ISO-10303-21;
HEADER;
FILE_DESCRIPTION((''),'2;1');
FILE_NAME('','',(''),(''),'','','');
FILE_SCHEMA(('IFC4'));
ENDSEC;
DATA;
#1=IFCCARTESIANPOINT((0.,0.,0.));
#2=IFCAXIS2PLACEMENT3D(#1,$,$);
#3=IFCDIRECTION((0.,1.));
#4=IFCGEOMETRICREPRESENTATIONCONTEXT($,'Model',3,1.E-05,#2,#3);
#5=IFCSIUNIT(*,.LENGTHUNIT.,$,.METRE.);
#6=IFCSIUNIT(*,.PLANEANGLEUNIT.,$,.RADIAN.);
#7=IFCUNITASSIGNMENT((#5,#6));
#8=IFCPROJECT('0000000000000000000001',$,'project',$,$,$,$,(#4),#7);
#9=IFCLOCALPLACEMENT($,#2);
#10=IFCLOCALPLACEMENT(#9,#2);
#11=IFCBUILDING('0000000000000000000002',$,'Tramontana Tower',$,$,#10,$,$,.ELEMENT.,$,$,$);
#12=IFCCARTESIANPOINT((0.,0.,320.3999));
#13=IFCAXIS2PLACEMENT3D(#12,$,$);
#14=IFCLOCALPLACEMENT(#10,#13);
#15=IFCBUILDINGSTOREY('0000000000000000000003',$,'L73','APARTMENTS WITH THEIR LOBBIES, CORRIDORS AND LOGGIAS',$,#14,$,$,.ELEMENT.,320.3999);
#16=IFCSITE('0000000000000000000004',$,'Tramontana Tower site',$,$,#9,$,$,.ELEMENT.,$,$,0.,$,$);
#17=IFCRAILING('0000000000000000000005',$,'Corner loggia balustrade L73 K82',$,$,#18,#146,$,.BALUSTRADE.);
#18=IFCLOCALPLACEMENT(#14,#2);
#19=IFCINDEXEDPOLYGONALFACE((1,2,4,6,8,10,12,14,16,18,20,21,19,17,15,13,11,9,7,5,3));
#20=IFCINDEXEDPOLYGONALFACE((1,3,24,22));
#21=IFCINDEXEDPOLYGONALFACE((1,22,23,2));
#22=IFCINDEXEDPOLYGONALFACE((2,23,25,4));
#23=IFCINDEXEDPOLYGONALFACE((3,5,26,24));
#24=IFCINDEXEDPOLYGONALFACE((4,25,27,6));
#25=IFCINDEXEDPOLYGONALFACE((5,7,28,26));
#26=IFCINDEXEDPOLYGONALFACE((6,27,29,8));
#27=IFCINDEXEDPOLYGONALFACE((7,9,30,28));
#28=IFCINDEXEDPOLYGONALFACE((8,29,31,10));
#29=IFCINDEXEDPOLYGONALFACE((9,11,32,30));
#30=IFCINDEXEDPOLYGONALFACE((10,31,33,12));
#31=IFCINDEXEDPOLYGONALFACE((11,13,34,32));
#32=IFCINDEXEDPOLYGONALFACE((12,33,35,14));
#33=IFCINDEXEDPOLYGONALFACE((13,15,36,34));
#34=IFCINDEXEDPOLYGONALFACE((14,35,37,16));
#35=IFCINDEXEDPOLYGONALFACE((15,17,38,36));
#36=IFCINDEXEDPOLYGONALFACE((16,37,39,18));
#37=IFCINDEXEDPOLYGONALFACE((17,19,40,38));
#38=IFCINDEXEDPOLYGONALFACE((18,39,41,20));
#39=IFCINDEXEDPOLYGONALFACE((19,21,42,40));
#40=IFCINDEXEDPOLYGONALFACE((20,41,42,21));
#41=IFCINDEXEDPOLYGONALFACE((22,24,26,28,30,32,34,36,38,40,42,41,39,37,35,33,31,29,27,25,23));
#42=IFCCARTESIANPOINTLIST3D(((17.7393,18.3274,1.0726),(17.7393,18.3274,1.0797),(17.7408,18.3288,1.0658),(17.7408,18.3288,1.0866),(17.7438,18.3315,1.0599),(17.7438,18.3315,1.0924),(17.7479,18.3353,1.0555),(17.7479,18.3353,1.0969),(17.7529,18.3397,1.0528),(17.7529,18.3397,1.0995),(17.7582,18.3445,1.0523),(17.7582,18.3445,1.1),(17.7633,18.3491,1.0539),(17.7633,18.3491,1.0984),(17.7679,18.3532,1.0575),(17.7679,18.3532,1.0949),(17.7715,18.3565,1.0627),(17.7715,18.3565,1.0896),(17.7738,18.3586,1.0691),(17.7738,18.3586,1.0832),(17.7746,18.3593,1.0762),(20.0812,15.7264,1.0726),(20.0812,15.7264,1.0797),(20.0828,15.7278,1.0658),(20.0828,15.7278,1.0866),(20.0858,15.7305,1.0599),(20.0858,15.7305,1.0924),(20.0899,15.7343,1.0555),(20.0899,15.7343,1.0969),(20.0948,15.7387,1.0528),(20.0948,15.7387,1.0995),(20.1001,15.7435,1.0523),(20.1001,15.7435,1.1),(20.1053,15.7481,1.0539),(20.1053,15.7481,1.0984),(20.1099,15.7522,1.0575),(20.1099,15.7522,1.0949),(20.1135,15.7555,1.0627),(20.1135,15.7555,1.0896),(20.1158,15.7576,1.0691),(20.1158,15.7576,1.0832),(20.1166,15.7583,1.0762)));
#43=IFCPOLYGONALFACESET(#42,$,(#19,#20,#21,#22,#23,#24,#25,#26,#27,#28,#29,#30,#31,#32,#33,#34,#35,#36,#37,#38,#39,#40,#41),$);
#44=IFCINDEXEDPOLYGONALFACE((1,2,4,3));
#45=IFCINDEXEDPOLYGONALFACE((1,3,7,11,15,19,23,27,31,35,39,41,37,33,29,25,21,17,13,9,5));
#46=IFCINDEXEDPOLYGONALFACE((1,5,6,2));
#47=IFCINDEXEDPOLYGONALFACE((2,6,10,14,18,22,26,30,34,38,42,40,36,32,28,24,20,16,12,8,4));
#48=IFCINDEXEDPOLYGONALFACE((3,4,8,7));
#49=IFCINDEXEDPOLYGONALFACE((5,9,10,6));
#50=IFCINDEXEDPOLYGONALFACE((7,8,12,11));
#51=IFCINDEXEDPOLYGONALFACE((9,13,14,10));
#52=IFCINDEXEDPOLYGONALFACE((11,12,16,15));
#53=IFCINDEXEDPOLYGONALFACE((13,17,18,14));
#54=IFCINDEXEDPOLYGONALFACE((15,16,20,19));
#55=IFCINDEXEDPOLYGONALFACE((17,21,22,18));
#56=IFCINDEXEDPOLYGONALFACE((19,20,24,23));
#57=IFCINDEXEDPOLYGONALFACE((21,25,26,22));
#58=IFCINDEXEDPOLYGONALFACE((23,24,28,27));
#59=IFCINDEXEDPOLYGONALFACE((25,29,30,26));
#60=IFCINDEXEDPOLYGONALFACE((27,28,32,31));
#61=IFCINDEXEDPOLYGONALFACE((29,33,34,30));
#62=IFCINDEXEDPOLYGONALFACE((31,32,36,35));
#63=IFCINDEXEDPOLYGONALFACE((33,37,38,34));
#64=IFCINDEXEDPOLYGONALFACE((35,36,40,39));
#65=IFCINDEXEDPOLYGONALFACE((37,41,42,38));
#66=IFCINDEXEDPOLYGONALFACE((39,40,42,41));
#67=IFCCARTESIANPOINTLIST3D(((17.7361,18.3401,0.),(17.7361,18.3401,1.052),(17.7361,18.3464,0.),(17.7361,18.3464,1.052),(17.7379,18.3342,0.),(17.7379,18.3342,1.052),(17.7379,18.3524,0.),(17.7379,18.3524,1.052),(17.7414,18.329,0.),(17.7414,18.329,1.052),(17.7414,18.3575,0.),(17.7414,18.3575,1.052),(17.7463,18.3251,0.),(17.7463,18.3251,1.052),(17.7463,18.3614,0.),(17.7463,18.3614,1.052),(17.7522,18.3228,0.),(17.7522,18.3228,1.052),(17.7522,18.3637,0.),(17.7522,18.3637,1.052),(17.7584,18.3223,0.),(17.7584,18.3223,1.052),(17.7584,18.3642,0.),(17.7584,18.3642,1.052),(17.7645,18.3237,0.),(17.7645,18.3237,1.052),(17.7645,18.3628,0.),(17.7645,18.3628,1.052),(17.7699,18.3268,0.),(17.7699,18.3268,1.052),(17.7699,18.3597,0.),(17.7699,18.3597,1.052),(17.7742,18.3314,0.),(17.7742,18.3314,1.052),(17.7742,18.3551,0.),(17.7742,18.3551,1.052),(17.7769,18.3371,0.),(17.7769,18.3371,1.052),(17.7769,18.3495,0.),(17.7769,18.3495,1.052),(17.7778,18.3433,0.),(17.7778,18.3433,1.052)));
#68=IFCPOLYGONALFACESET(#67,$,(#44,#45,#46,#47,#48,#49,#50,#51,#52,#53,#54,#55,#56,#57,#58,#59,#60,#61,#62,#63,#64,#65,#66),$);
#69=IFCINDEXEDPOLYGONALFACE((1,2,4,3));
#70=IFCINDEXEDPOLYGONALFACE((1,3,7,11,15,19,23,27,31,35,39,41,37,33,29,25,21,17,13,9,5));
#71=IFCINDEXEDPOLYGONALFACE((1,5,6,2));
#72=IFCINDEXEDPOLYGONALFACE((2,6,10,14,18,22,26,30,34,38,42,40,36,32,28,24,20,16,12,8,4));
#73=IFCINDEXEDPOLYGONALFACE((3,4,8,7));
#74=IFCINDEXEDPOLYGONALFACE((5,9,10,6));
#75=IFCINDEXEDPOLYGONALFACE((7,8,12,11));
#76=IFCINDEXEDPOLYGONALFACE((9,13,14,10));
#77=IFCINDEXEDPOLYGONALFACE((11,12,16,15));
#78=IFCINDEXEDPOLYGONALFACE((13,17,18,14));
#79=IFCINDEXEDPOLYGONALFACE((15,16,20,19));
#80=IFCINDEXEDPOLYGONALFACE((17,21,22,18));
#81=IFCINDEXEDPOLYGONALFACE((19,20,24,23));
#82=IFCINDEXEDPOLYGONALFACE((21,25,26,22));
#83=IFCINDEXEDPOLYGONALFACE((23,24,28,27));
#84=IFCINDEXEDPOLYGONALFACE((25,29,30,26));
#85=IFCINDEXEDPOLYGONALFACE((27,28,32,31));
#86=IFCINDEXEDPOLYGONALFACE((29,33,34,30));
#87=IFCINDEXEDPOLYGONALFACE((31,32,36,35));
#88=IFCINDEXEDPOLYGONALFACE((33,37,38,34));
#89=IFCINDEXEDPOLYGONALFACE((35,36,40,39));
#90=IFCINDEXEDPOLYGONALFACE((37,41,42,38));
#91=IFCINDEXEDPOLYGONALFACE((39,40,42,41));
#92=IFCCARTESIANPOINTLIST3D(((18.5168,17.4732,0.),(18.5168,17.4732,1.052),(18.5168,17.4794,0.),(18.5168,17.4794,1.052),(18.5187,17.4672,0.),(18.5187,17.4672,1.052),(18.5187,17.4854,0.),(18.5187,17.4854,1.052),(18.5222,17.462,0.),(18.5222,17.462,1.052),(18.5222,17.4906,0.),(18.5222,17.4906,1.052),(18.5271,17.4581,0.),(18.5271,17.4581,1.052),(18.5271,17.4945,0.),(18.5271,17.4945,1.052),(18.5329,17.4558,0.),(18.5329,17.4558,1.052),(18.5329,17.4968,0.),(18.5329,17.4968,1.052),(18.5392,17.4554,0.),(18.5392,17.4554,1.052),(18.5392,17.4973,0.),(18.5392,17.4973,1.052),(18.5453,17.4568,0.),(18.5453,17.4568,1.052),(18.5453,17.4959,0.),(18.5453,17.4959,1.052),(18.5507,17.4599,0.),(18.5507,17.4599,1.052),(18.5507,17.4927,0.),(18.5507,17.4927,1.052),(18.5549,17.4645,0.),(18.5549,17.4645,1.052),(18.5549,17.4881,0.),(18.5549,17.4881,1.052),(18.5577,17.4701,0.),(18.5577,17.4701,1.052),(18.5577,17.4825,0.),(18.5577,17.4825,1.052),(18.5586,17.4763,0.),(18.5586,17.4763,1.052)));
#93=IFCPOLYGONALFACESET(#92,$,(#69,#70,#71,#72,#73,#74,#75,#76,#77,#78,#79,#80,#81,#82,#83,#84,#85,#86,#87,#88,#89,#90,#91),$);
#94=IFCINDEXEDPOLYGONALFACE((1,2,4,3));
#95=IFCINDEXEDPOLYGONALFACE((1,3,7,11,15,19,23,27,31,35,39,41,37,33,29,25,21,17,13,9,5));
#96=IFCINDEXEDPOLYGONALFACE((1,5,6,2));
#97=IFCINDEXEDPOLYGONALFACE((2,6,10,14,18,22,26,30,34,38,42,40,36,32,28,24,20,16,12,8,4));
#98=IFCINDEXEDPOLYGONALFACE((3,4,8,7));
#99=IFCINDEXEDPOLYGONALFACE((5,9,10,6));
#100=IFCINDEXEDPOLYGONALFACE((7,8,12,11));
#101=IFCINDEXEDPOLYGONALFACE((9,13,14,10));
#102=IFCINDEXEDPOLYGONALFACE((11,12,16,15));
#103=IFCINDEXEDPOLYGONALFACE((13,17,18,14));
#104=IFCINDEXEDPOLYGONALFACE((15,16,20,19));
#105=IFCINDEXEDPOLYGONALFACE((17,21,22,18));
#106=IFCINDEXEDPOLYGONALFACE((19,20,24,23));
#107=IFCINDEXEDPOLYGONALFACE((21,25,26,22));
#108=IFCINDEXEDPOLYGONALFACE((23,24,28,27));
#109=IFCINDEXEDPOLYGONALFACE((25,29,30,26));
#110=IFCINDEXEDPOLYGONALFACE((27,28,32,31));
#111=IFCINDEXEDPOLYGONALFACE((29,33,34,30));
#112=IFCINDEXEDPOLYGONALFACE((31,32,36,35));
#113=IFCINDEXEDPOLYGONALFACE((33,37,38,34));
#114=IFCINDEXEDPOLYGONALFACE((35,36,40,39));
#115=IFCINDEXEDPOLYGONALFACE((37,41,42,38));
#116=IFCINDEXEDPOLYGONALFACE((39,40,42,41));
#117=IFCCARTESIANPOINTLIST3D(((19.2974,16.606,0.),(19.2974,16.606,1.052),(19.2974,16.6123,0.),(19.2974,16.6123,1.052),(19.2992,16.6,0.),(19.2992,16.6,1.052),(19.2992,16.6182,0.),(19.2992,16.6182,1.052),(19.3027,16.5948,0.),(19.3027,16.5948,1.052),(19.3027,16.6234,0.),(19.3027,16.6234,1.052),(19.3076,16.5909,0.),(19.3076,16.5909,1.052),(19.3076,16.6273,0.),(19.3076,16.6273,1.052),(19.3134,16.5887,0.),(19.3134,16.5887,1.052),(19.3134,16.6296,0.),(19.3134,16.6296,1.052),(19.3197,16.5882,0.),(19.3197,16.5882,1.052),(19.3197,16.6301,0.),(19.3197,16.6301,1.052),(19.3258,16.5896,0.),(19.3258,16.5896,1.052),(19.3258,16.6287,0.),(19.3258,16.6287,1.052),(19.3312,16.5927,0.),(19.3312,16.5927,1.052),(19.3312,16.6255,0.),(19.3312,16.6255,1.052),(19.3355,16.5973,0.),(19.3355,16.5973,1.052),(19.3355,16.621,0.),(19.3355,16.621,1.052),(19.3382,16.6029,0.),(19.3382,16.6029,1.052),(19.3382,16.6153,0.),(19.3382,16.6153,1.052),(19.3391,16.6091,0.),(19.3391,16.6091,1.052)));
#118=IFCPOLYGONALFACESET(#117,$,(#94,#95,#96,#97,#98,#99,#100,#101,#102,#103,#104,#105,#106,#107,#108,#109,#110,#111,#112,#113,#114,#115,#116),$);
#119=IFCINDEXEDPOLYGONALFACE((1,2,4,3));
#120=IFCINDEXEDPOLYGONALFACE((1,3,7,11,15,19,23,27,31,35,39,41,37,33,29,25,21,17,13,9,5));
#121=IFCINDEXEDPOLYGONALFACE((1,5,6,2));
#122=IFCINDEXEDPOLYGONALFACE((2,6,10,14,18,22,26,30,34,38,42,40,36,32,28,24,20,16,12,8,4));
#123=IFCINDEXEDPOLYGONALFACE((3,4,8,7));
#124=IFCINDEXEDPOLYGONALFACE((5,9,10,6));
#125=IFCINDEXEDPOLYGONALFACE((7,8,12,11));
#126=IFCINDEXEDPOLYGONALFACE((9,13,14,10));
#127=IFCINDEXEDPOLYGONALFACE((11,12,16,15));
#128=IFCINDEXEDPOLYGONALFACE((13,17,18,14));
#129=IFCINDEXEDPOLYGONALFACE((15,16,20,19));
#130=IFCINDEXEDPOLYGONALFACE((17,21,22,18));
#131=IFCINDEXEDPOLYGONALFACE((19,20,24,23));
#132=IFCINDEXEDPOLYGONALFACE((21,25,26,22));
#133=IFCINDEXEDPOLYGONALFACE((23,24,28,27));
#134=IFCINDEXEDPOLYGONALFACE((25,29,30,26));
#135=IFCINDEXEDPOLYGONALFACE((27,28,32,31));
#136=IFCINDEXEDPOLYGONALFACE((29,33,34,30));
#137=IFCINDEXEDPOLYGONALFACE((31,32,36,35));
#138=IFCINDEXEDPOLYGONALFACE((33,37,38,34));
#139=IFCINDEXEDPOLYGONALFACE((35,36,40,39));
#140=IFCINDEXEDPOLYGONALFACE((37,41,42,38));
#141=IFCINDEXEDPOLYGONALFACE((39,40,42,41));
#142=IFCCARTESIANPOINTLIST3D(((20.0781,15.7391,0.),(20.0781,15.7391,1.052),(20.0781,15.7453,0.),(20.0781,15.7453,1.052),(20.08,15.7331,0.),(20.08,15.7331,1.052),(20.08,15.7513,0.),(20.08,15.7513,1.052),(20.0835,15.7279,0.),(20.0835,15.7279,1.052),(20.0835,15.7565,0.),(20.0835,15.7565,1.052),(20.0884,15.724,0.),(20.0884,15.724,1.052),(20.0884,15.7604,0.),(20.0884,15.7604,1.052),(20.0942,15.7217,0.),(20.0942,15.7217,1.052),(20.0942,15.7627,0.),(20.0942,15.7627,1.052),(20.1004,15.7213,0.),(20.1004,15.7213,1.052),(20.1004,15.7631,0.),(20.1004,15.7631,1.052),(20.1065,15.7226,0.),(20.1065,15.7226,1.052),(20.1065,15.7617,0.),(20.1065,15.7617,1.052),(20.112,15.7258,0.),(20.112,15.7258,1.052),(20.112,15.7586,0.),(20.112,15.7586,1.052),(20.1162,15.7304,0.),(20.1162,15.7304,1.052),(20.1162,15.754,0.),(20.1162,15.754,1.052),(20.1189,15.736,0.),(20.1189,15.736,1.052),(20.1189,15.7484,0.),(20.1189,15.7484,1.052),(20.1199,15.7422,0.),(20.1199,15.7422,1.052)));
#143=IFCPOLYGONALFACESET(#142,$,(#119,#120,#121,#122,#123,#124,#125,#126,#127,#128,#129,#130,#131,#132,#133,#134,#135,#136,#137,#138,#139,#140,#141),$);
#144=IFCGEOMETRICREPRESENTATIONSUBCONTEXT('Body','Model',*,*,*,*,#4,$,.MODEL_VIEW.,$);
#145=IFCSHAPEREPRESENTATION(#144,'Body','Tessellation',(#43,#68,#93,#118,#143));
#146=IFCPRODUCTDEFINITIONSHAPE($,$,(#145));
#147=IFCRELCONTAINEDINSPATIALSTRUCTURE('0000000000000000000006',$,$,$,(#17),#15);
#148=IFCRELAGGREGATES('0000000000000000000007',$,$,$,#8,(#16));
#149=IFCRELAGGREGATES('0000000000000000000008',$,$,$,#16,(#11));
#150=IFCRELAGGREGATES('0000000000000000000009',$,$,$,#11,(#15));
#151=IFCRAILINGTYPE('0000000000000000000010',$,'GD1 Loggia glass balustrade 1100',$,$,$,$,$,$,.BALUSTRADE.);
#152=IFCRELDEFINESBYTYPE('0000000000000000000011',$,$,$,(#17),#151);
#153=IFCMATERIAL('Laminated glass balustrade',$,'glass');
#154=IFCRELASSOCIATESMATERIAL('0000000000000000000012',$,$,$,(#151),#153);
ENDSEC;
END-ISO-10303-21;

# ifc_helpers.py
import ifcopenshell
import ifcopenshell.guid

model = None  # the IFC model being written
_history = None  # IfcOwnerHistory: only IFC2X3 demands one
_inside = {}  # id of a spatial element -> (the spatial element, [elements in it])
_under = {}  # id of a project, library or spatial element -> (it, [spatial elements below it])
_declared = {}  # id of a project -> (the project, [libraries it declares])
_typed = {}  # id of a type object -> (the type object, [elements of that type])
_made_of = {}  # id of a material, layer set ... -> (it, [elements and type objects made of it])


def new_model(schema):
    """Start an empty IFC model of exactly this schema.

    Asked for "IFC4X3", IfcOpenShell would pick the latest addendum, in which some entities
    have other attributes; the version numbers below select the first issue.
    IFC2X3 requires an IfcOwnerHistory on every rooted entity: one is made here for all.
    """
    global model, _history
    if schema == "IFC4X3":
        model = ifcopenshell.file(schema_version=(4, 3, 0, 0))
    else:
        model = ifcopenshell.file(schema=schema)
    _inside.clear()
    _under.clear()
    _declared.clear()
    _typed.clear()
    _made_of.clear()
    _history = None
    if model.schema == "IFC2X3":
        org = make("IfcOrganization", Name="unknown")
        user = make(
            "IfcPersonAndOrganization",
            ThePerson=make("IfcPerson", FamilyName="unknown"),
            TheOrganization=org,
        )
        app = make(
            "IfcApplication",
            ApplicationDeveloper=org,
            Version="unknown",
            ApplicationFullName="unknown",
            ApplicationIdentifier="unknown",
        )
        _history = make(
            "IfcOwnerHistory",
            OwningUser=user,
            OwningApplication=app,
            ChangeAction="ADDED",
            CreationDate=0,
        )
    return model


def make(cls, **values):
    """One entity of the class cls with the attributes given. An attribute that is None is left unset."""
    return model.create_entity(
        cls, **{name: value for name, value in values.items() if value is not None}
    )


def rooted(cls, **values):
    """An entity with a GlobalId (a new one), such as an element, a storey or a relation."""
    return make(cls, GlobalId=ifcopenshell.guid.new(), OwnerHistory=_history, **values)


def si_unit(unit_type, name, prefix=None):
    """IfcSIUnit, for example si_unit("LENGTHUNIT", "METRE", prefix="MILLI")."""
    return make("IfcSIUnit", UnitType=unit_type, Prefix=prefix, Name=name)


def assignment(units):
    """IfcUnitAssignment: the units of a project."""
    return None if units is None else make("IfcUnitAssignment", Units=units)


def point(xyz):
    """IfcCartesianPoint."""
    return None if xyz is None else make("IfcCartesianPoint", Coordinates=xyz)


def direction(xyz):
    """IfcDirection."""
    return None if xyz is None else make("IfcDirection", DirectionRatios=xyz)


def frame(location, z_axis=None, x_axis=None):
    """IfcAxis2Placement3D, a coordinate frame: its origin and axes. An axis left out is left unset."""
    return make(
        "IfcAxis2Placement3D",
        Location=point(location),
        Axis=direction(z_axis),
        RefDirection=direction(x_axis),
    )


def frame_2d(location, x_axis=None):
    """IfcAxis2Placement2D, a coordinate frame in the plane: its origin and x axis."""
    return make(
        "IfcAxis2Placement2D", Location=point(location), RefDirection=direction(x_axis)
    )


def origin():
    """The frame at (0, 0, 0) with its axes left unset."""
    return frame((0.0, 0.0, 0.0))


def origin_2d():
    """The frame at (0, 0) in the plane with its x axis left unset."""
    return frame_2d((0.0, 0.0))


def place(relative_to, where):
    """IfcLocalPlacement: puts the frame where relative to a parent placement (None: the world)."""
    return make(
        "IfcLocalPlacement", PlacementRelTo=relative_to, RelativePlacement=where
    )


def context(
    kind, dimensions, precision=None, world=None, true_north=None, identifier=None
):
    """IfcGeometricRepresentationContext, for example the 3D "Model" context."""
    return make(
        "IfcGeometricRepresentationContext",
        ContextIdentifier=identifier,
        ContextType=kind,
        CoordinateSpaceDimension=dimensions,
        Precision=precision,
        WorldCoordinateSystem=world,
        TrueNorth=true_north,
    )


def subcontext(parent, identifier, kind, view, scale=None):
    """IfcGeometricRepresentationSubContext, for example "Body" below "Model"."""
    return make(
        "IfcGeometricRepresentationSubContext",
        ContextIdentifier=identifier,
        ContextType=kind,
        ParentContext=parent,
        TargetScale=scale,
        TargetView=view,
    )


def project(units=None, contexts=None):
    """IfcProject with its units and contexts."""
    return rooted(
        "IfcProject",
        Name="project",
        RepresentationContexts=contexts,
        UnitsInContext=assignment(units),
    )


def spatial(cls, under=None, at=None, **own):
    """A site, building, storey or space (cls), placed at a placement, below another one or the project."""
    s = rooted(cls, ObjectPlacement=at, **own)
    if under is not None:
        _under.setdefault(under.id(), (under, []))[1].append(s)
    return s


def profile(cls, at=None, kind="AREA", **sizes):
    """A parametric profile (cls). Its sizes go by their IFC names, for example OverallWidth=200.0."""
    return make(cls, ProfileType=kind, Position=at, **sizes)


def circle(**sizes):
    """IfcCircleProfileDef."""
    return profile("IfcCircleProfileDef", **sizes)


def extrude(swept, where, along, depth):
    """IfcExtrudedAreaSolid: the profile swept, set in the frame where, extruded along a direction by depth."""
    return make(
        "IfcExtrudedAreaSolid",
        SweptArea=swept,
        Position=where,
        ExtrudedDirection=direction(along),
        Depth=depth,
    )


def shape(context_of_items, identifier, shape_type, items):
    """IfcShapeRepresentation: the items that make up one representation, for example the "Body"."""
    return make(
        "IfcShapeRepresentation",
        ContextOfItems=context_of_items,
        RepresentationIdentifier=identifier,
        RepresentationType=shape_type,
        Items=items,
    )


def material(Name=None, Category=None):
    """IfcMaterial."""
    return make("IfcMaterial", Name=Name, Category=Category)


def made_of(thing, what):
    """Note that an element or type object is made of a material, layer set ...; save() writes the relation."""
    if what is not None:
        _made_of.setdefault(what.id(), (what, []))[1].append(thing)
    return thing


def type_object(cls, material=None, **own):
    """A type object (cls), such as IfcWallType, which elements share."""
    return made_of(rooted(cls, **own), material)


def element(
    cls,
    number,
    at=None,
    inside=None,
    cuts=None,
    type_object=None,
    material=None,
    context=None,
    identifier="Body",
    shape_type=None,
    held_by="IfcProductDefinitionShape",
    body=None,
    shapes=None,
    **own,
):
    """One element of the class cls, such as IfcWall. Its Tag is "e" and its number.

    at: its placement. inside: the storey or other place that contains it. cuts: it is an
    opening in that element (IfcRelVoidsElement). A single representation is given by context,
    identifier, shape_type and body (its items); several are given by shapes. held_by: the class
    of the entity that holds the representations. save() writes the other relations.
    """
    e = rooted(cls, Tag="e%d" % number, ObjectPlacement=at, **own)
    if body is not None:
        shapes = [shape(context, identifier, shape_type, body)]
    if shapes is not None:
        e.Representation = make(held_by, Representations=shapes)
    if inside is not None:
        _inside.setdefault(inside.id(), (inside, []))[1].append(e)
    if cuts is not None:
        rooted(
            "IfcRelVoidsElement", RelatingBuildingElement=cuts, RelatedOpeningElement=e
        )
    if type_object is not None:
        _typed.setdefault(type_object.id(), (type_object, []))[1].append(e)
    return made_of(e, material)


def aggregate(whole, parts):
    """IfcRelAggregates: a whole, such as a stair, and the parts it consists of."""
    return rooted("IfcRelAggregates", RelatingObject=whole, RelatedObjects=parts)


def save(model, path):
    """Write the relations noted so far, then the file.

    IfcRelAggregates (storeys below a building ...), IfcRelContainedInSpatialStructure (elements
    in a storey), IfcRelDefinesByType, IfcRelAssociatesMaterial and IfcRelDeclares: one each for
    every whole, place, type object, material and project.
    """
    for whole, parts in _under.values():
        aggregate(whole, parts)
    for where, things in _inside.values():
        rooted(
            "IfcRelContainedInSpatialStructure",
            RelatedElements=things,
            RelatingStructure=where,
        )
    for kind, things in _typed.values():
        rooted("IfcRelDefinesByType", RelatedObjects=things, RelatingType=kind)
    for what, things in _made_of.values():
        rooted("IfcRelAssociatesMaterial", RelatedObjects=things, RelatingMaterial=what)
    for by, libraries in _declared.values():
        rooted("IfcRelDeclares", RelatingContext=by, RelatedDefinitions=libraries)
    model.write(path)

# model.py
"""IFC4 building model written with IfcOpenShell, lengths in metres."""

from ifc_helpers import new_model, si_unit, direction, frame, origin, origin_2d, place, context, subcontext, project, spatial, circle, extrude, material, type_object, element, save


model = new_model("IFC4")

# Units and contexts
model_context = context("Model", 3, precision=1e-05, world=origin(), true_north=direction((0.0, 1.0)))
body_context = subcontext(model_context, "Body", "Model", "MODEL_VIEW")
ifc_project = project(units=[si_unit("LENGTHUNIT", "METRE"), si_unit("PLANEANGLEUNIT", "RADIAN")], contexts=[model_context])

# Site, building, storey
site_placement = place(None, origin())
site = spatial("IfcSite", under=ifc_project, at=site_placement, Name="Tramontana Tower site", CompositionType="ELEMENT", RefElevation=0.0)
building_placement = place(site_placement, origin())
building = spatial("IfcBuilding", under=site, at=building_placement, Name="Tramontana Tower", CompositionType="ELEMENT")
storey_placement = place(building_placement, frame((0.0, 0.0, 320.3999)))
storey = spatial("IfcBuildingStorey", under=building, at=storey_placement, Name="L73", Description="APARTMENTS WITH THEIR LOBBIES, CORRIDORS AND LOGGIAS", CompositionType="ELEMENT", Elevation=320.3999)

# Railing
ifc_material_1 = material(Name="Laminated glass balustrade", Category="glass")
railing_type = type_object("IfcRailingType", Name="GD1 Loggia glass balustrade 1100", PredefinedType="BALUSTRADE", material=ifc_material_1)
railing_1_placement = place(storey_placement, frame((17.7568, 18.3433, 0.0)))
element("IfcRailing", 1, at=railing_1_placement, inside=storey, type_object=railing_type, Name="Corner loggia balustrade L73 K82", PredefinedType="BALUSTRADE", context=body_context, shape_type="SweptSolid", body=[
    extrude(circle(Radius=0.0239, at=origin_2d()), frame((0.0, 0.0, 1.0762), z_axis=(0.669134, -0.743142, 0.0), x_axis=(0.743142, 0.669134, 0.0)), (0.0, 0.0, 1.0), 3.5),
    extrude(circle(Radius=0.021, at=origin_2d()), origin(), (0.0, 0.0, 1.0), 1.052),
    extrude(circle(Radius=0.021, at=origin_2d()), frame((0.7808, -0.8669, 0.0)), (0.0, 0.0, 1.0), 1.052),
    extrude(circle(Radius=0.021, at=origin_2d()), frame((1.5613, -1.7341, 0.0)), (0.0, 0.0, 1.0), 1.052),
    extrude(circle(Radius=0.021, at=origin_2d()), frame((2.342, -2.6011, 0.0)), (0.0, 0.0, 1.0), 1.052),
])

save(model, "model.ifc")
